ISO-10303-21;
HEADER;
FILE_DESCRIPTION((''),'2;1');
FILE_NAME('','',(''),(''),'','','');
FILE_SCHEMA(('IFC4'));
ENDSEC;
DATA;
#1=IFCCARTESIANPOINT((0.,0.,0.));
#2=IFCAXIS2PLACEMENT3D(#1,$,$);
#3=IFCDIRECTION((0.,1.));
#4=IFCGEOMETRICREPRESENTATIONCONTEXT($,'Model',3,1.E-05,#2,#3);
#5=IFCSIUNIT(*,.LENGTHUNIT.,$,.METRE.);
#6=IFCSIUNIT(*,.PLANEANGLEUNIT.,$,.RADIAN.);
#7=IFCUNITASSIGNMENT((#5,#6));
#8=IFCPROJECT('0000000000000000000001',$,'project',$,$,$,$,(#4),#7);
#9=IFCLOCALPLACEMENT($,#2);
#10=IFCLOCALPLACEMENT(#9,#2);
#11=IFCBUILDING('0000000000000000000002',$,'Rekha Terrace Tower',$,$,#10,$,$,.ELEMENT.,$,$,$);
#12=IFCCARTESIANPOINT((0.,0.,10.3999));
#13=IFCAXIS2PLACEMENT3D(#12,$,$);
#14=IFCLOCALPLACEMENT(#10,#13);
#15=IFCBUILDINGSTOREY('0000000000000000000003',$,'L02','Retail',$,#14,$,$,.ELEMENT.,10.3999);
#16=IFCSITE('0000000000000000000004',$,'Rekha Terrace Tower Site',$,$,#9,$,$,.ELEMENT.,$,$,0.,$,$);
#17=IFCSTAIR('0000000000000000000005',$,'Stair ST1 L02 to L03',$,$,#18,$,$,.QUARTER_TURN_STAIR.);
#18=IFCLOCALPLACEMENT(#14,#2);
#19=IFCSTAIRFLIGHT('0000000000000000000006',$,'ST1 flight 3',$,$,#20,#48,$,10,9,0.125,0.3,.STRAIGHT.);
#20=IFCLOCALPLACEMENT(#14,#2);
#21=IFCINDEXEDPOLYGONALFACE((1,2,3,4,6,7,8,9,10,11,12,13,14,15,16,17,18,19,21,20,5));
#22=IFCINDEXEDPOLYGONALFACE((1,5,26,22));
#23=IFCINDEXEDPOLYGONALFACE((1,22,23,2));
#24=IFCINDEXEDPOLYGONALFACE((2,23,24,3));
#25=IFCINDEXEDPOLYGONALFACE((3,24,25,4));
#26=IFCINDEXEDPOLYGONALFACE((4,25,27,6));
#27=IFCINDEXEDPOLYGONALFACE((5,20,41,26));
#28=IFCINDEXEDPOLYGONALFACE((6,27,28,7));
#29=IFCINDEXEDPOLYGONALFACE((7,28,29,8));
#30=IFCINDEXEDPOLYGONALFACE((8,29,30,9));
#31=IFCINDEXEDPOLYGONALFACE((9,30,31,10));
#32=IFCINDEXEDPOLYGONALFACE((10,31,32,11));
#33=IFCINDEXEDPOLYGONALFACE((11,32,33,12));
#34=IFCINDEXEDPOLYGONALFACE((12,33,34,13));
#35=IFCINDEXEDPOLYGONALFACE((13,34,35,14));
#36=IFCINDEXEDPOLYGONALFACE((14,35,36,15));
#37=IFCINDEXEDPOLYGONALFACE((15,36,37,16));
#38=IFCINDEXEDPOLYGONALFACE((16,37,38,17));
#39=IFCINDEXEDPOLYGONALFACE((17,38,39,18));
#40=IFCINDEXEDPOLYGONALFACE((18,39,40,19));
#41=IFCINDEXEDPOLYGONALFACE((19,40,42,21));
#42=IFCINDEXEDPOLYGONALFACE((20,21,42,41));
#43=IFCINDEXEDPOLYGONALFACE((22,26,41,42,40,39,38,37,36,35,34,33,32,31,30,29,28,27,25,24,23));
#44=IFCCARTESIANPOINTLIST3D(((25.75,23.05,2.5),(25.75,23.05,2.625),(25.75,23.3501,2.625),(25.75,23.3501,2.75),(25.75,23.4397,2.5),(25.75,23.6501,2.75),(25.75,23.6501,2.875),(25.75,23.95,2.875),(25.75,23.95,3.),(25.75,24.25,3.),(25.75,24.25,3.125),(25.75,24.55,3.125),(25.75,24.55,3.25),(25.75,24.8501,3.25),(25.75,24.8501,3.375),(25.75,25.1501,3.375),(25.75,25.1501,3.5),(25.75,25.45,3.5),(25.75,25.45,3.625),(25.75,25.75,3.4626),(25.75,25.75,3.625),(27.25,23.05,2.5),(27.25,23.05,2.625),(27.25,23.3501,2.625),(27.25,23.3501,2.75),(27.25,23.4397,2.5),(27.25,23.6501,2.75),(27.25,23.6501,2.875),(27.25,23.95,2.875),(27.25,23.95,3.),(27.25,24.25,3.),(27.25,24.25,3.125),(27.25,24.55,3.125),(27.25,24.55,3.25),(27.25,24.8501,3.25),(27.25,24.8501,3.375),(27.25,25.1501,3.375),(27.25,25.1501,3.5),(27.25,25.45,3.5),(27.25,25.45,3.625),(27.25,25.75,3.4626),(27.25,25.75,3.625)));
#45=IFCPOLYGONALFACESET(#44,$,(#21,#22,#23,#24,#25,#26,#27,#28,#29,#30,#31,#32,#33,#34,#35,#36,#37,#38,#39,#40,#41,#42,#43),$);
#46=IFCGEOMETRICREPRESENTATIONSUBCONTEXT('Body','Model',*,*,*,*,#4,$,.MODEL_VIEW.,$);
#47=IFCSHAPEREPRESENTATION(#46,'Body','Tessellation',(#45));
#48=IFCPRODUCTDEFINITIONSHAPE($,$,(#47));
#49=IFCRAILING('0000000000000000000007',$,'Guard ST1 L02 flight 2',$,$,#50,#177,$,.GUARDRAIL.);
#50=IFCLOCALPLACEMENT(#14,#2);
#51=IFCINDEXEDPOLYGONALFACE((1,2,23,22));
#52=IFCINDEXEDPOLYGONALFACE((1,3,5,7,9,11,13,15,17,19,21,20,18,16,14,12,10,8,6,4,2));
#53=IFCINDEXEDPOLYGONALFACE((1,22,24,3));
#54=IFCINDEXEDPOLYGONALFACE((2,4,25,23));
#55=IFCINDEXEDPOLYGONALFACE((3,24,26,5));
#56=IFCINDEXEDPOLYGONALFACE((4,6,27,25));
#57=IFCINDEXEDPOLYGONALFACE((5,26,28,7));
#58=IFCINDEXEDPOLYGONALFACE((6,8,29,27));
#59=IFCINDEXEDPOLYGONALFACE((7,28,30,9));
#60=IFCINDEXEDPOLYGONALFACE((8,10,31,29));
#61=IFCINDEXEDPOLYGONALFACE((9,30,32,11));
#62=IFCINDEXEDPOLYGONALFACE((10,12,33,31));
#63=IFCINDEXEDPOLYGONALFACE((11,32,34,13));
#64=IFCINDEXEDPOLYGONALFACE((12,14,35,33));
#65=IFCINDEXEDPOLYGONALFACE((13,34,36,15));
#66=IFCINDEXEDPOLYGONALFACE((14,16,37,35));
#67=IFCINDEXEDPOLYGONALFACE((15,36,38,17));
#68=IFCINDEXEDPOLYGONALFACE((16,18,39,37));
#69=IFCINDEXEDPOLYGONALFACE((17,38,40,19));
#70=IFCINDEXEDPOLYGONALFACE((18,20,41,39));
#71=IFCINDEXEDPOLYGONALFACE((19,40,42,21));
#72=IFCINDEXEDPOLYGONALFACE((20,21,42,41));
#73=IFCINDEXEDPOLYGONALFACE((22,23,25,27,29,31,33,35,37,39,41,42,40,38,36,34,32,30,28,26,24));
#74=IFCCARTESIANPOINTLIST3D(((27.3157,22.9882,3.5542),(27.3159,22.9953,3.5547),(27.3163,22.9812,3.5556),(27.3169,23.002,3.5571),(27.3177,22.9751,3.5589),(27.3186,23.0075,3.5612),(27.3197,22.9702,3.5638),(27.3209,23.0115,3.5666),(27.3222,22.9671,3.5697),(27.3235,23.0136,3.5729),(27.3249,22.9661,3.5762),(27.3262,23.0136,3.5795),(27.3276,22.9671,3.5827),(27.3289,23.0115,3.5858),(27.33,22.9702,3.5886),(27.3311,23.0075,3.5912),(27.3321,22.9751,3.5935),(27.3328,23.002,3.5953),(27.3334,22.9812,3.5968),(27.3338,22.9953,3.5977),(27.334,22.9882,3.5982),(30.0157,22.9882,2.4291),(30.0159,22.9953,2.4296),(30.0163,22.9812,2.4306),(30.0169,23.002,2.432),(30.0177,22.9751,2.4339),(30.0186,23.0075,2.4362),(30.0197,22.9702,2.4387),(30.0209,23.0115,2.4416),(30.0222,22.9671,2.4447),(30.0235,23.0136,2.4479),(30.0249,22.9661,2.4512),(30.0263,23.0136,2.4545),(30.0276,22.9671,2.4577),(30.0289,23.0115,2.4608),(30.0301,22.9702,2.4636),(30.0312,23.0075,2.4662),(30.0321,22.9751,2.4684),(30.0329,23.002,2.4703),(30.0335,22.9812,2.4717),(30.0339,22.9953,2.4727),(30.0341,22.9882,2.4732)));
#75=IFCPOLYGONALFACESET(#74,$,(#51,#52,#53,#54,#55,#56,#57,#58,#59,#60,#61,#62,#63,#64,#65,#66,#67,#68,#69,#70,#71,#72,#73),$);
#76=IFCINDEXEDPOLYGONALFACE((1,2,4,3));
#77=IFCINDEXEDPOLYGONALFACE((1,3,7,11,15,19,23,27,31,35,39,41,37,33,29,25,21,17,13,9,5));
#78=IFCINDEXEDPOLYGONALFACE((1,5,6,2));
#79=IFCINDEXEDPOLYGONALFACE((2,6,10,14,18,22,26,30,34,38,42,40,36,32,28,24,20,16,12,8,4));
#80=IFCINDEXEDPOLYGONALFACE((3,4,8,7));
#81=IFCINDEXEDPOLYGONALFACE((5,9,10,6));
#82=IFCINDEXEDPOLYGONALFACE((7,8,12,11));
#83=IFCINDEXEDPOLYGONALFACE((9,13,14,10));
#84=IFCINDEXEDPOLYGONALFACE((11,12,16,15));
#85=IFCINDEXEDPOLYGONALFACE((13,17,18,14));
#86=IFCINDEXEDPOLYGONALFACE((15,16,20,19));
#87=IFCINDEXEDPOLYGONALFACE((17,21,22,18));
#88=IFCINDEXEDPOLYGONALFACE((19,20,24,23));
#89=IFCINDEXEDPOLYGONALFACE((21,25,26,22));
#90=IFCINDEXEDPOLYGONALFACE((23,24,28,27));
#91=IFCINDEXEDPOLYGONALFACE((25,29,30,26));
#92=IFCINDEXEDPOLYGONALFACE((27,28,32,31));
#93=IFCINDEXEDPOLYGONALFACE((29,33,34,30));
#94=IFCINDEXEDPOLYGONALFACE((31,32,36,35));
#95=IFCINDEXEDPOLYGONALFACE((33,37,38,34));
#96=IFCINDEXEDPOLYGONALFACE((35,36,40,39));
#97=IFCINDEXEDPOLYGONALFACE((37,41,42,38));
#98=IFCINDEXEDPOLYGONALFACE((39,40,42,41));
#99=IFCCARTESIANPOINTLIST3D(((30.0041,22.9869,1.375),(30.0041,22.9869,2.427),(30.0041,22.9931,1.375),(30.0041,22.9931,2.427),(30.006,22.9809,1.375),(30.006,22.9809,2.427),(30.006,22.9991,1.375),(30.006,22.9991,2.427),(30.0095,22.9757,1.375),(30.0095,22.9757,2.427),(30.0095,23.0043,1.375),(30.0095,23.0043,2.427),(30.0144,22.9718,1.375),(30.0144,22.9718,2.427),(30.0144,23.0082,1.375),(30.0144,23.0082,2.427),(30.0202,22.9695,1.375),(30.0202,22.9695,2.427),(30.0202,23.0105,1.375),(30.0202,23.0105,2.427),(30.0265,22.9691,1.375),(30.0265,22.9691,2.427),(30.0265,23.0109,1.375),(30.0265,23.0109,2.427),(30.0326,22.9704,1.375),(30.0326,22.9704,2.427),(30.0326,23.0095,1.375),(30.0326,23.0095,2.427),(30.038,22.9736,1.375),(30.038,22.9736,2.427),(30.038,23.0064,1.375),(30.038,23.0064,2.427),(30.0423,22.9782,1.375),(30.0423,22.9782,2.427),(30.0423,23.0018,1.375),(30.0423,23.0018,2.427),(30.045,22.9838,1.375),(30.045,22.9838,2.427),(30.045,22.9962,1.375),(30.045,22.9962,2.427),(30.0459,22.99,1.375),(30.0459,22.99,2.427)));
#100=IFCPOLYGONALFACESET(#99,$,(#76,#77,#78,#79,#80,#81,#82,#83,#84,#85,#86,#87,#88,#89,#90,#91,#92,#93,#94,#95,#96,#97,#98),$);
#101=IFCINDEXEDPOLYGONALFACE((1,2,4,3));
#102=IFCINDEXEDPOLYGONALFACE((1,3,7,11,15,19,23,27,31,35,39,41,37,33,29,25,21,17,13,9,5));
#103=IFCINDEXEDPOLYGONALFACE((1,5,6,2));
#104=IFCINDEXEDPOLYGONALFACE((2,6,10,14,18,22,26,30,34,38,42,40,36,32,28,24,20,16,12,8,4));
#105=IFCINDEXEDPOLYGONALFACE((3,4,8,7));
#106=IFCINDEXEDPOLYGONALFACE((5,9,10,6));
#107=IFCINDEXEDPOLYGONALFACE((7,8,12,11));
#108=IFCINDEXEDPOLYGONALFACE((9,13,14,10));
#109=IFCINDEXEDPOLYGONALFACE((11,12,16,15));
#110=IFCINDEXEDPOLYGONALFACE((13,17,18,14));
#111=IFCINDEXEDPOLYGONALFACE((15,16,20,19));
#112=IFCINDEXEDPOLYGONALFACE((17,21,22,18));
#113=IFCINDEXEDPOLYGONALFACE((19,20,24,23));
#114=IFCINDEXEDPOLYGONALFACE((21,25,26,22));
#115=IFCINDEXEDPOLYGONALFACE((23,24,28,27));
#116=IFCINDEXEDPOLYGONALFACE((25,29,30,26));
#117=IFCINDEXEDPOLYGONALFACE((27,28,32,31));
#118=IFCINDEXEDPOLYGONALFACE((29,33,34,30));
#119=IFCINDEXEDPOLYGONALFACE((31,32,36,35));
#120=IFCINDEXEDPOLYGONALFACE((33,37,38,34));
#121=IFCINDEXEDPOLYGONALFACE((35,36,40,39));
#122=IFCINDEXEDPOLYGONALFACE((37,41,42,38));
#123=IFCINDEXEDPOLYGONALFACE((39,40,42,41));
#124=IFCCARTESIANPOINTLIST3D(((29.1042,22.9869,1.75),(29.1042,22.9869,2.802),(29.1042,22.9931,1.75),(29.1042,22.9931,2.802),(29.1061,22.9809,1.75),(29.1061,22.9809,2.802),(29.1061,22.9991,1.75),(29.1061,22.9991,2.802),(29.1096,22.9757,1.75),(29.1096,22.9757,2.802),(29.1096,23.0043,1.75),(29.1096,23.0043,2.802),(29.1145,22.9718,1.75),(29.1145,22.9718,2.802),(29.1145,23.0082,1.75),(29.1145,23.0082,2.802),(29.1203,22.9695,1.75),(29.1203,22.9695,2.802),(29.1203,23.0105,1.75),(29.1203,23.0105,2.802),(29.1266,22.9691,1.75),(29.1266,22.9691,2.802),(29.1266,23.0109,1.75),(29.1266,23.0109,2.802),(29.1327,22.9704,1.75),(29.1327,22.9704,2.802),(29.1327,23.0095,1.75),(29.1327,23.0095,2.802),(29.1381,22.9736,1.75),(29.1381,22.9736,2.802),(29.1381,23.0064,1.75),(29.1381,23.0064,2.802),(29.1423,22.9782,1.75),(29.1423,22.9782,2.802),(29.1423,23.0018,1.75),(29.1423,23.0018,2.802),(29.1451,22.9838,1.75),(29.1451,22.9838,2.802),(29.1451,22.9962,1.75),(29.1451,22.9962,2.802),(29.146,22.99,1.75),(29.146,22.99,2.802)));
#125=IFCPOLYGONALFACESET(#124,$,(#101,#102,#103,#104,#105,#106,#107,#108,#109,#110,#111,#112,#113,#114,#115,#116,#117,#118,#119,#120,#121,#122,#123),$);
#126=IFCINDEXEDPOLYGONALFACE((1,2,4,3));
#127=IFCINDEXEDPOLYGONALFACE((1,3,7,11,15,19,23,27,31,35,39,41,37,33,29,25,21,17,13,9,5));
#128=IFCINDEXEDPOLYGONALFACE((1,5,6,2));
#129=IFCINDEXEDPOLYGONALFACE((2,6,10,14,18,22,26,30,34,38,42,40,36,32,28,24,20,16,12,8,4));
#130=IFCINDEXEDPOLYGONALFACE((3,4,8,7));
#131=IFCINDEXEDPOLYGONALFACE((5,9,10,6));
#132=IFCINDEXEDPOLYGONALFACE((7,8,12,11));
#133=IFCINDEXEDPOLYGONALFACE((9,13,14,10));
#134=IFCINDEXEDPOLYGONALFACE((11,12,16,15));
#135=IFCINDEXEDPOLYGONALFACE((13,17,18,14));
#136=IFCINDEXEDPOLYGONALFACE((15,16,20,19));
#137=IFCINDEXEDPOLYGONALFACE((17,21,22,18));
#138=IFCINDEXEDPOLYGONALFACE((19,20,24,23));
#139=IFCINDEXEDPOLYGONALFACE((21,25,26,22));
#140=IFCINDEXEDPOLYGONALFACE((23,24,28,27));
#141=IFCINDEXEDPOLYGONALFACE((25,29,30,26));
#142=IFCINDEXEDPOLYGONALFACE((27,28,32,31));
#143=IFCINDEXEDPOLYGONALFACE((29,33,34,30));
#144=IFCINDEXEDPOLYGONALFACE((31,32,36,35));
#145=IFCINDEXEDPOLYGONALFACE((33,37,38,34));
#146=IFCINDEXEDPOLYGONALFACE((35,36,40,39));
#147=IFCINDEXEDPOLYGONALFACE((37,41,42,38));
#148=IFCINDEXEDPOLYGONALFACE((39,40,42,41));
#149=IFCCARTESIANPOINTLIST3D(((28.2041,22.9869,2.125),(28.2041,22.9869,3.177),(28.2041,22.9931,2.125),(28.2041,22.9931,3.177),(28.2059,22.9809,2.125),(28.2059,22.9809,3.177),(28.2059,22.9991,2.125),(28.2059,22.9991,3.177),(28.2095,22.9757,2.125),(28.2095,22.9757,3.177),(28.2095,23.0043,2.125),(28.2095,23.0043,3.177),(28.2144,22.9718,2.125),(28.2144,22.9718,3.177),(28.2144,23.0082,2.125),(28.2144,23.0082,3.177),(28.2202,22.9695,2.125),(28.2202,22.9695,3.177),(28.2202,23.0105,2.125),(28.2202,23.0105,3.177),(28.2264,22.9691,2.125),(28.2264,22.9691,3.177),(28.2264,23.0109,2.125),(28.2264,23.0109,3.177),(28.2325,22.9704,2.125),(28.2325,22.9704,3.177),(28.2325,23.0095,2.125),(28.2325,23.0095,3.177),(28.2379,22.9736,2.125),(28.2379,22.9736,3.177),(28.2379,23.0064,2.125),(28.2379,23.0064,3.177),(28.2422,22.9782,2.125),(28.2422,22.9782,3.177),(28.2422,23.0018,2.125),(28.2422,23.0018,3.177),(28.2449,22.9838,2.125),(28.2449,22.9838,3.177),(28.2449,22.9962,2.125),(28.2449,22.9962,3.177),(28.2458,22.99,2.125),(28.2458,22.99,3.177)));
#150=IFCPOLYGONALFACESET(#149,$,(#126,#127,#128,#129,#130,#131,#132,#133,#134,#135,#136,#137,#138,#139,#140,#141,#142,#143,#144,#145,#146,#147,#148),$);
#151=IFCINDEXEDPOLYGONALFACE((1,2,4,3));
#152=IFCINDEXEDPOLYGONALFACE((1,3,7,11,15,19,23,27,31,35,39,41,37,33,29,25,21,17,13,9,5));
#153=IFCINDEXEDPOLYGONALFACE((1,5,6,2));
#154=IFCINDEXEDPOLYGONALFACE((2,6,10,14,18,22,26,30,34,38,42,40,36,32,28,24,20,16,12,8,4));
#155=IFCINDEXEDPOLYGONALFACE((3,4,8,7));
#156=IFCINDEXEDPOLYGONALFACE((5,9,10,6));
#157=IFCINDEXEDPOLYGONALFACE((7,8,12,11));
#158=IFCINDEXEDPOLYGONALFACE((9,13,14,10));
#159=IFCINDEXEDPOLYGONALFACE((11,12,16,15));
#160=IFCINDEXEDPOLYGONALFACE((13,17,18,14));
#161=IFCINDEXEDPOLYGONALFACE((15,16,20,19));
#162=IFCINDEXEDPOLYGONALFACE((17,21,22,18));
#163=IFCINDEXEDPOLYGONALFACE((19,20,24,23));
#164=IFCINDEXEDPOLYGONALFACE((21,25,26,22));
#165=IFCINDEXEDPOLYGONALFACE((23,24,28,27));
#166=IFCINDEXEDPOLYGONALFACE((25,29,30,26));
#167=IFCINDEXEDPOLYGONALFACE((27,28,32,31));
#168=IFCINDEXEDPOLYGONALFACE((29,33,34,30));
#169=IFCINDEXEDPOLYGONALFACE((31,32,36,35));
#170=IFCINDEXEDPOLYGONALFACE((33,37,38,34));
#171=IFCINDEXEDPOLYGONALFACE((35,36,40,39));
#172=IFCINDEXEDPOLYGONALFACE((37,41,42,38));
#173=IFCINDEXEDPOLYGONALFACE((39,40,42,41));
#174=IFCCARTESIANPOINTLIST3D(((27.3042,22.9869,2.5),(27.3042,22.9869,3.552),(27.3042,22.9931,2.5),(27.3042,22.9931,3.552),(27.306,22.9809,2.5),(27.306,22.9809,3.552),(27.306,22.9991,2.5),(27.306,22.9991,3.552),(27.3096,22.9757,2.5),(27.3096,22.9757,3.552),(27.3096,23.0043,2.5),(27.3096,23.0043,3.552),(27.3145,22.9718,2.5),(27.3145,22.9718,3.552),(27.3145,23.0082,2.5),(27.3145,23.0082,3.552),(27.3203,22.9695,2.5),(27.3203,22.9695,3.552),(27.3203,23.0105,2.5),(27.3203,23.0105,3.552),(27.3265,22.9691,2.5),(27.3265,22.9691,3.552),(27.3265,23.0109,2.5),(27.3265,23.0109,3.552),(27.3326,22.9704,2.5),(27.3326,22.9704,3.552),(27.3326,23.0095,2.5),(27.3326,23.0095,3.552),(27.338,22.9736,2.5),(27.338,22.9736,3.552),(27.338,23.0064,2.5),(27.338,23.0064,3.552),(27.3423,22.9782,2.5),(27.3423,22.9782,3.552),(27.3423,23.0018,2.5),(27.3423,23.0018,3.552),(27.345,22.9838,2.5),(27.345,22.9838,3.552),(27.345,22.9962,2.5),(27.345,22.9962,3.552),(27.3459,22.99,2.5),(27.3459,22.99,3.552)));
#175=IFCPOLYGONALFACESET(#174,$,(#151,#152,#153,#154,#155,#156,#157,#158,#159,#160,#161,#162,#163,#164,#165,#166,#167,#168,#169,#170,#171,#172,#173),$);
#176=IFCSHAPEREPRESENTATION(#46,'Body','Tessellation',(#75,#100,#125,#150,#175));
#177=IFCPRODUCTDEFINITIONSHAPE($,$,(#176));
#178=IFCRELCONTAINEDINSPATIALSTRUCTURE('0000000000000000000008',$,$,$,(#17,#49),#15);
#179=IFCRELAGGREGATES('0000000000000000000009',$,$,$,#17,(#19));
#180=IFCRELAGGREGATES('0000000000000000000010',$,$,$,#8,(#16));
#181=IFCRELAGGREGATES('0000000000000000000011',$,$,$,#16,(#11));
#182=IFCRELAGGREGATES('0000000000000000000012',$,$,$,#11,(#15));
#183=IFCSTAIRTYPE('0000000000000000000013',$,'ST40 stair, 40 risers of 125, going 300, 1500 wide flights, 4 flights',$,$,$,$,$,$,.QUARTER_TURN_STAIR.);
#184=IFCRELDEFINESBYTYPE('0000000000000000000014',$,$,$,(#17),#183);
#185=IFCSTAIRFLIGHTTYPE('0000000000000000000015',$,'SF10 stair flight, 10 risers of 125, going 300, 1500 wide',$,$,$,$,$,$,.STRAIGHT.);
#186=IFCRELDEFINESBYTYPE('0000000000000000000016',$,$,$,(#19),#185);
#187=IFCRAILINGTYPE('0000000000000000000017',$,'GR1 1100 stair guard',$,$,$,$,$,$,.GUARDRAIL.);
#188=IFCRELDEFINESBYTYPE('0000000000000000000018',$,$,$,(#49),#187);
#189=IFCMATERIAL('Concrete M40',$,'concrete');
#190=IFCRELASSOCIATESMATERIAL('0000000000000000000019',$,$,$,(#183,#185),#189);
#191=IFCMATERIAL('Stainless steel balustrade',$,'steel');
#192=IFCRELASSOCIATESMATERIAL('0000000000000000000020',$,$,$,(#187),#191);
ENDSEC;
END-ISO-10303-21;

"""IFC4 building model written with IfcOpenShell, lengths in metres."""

from ifc_helpers import new_model, si_unit, direction, frame, origin, origin_2d, place, context, subcontext, project, spatial, polyline, circle, outline, extrude, material, type_object, element, aggregate, save


model = new_model("IFC4")

# Units and contexts
model_context = context("Model", 3, precision=1e-05, world=origin(), true_north=direction((0.0, 1.0)))
body_context = subcontext(model_context, "Body", "Model", "MODEL_VIEW")
ifc_project = project(units=[si_unit("LENGTHUNIT", "METRE"), si_unit("PLANEANGLEUNIT", "RADIAN")], contexts=[model_context])

# Site, building, storey
site_placement = place(None, origin())
site = spatial("IfcSite", under=ifc_project, at=site_placement, Name="Rekha Terrace Tower Site", CompositionType="ELEMENT", RefElevation=0.0)
building_placement = place(site_placement, origin())
building = spatial("IfcBuilding", under=site, at=building_placement, Name="Rekha Terrace Tower", CompositionType="ELEMENT")
storey_placement = place(building_placement, frame((0.0, 0.0, 10.3999)))
storey = spatial("IfcBuildingStorey", under=building, at=storey_placement, Name="L02", Description="Retail", CompositionType="ELEMENT", Elevation=10.3999)

# Stair, stair flight
ifc_material_1 = material(Name="Concrete M40", Category="concrete")
stair_type = type_object("IfcStairType", Name="ST40 stair, 40 risers of 125, going 300, 1500 wide flights, 4 flights", PredefinedType="QUARTER_TURN_STAIR", material=ifc_material_1)
stair_placement = place(storey_placement, origin())
stair = element("IfcStair", 1, at=stair_placement, inside=storey, type_object=stair_type, Name="Stair ST1 L02 to L03", PredefinedType="QUARTER_TURN_STAIR")
stair_flight_type = type_object("IfcStairFlightType", Name="SF10 stair flight, 10 risers of 125, going 300, 1500 wide", PredefinedType="STRAIGHT", material=ifc_material_1)
stair_flight_1_placement = place(storey_placement, frame((26.5, 23.05, 2.5), z_axis=(0.0, 0.0, 1.0), x_axis=(0.0, 1.0, 0.0)))
stair_flight_1 = element("IfcStairFlight", 2, at=stair_flight_1_placement, type_object=stair_flight_type, Name="ST1 flight 3", NumberOfRisers=10, NumberOfTreads=9, PredefinedType="STRAIGHT", RiserHeight=0.125, TreadLength=0.3, context=body_context, shape_type="SweptSolid", body=[
    extrude(outline(polyline([(0.0, 0.0), (0.0, 0.125), (0.3, 0.125), (0.3, 0.25), (0.6001, 0.25), (0.6001, 0.375), (0.8999, 0.375), (0.8999, 0.5), (1.2, 0.5), (1.2, 0.625), (1.5, 0.625), (1.5, 0.75), (1.8, 0.75), (1.8, 0.875), (2.1001, 0.875), (2.1001, 1.0), (2.3999, 1.0), (2.3999, 1.125), (2.7, 1.125), (2.7, 1.25), (2.7, 0.9626), (0.3896, 0.0), (0.0, 0.0)])), frame((0.0, 0.75, 0.0), z_axis=(0.0, -1.0, 0.0), x_axis=(1.0, 0.0, 0.0)), (0.0, 0.0, 1.0), 1.5),
])
aggregate(stair, [stair_flight_1])

# Railing
ifc_material_2 = material(Name="Stainless steel balustrade", Category="steel")
railing_type_1 = type_object("IfcRailingType", Name="GR1 1100 stair guard", PredefinedType="GUARDRAIL", material=ifc_material_2)
railing_1_placement = place(storey_placement, frame((30.0249, 22.99, 1.375)))
element("IfcRailing", 3, at=railing_1_placement, inside=storey, type_object=railing_type_1, Name="Guard ST1 L02 flight 2", PredefinedType="GUARDRAIL", context=body_context, shape_type="SweptSolid", body=[
    extrude(circle(Radius=0.0239, at=origin_2d()), frame((0.0, 0.0, 1.0762), z_axis=(-0.923074, 0.0, 0.384621), x_axis=(0.0, -1.0, 0.0)), (0.0, 0.0, 1.0), 2.925),
    extrude(circle(Radius=0.021, at=origin_2d()), origin(), (0.0, 0.0, 1.0), 1.052),
    extrude(circle(Radius=0.021, at=origin_2d()), frame((-0.8999, 0.0, 0.375)), (0.0, 0.0, 1.0), 1.052),
    extrude(circle(Radius=0.021, at=origin_2d()), frame((-1.8, 0.0, 0.75)), (0.0, 0.0, 1.0), 1.052),
    extrude(circle(Radius=0.021, at=origin_2d()), frame((-2.7, 0.0, 1.125)), (0.0, 0.0, 1.0), 1.052),
])

save(model, "model.ifc")
